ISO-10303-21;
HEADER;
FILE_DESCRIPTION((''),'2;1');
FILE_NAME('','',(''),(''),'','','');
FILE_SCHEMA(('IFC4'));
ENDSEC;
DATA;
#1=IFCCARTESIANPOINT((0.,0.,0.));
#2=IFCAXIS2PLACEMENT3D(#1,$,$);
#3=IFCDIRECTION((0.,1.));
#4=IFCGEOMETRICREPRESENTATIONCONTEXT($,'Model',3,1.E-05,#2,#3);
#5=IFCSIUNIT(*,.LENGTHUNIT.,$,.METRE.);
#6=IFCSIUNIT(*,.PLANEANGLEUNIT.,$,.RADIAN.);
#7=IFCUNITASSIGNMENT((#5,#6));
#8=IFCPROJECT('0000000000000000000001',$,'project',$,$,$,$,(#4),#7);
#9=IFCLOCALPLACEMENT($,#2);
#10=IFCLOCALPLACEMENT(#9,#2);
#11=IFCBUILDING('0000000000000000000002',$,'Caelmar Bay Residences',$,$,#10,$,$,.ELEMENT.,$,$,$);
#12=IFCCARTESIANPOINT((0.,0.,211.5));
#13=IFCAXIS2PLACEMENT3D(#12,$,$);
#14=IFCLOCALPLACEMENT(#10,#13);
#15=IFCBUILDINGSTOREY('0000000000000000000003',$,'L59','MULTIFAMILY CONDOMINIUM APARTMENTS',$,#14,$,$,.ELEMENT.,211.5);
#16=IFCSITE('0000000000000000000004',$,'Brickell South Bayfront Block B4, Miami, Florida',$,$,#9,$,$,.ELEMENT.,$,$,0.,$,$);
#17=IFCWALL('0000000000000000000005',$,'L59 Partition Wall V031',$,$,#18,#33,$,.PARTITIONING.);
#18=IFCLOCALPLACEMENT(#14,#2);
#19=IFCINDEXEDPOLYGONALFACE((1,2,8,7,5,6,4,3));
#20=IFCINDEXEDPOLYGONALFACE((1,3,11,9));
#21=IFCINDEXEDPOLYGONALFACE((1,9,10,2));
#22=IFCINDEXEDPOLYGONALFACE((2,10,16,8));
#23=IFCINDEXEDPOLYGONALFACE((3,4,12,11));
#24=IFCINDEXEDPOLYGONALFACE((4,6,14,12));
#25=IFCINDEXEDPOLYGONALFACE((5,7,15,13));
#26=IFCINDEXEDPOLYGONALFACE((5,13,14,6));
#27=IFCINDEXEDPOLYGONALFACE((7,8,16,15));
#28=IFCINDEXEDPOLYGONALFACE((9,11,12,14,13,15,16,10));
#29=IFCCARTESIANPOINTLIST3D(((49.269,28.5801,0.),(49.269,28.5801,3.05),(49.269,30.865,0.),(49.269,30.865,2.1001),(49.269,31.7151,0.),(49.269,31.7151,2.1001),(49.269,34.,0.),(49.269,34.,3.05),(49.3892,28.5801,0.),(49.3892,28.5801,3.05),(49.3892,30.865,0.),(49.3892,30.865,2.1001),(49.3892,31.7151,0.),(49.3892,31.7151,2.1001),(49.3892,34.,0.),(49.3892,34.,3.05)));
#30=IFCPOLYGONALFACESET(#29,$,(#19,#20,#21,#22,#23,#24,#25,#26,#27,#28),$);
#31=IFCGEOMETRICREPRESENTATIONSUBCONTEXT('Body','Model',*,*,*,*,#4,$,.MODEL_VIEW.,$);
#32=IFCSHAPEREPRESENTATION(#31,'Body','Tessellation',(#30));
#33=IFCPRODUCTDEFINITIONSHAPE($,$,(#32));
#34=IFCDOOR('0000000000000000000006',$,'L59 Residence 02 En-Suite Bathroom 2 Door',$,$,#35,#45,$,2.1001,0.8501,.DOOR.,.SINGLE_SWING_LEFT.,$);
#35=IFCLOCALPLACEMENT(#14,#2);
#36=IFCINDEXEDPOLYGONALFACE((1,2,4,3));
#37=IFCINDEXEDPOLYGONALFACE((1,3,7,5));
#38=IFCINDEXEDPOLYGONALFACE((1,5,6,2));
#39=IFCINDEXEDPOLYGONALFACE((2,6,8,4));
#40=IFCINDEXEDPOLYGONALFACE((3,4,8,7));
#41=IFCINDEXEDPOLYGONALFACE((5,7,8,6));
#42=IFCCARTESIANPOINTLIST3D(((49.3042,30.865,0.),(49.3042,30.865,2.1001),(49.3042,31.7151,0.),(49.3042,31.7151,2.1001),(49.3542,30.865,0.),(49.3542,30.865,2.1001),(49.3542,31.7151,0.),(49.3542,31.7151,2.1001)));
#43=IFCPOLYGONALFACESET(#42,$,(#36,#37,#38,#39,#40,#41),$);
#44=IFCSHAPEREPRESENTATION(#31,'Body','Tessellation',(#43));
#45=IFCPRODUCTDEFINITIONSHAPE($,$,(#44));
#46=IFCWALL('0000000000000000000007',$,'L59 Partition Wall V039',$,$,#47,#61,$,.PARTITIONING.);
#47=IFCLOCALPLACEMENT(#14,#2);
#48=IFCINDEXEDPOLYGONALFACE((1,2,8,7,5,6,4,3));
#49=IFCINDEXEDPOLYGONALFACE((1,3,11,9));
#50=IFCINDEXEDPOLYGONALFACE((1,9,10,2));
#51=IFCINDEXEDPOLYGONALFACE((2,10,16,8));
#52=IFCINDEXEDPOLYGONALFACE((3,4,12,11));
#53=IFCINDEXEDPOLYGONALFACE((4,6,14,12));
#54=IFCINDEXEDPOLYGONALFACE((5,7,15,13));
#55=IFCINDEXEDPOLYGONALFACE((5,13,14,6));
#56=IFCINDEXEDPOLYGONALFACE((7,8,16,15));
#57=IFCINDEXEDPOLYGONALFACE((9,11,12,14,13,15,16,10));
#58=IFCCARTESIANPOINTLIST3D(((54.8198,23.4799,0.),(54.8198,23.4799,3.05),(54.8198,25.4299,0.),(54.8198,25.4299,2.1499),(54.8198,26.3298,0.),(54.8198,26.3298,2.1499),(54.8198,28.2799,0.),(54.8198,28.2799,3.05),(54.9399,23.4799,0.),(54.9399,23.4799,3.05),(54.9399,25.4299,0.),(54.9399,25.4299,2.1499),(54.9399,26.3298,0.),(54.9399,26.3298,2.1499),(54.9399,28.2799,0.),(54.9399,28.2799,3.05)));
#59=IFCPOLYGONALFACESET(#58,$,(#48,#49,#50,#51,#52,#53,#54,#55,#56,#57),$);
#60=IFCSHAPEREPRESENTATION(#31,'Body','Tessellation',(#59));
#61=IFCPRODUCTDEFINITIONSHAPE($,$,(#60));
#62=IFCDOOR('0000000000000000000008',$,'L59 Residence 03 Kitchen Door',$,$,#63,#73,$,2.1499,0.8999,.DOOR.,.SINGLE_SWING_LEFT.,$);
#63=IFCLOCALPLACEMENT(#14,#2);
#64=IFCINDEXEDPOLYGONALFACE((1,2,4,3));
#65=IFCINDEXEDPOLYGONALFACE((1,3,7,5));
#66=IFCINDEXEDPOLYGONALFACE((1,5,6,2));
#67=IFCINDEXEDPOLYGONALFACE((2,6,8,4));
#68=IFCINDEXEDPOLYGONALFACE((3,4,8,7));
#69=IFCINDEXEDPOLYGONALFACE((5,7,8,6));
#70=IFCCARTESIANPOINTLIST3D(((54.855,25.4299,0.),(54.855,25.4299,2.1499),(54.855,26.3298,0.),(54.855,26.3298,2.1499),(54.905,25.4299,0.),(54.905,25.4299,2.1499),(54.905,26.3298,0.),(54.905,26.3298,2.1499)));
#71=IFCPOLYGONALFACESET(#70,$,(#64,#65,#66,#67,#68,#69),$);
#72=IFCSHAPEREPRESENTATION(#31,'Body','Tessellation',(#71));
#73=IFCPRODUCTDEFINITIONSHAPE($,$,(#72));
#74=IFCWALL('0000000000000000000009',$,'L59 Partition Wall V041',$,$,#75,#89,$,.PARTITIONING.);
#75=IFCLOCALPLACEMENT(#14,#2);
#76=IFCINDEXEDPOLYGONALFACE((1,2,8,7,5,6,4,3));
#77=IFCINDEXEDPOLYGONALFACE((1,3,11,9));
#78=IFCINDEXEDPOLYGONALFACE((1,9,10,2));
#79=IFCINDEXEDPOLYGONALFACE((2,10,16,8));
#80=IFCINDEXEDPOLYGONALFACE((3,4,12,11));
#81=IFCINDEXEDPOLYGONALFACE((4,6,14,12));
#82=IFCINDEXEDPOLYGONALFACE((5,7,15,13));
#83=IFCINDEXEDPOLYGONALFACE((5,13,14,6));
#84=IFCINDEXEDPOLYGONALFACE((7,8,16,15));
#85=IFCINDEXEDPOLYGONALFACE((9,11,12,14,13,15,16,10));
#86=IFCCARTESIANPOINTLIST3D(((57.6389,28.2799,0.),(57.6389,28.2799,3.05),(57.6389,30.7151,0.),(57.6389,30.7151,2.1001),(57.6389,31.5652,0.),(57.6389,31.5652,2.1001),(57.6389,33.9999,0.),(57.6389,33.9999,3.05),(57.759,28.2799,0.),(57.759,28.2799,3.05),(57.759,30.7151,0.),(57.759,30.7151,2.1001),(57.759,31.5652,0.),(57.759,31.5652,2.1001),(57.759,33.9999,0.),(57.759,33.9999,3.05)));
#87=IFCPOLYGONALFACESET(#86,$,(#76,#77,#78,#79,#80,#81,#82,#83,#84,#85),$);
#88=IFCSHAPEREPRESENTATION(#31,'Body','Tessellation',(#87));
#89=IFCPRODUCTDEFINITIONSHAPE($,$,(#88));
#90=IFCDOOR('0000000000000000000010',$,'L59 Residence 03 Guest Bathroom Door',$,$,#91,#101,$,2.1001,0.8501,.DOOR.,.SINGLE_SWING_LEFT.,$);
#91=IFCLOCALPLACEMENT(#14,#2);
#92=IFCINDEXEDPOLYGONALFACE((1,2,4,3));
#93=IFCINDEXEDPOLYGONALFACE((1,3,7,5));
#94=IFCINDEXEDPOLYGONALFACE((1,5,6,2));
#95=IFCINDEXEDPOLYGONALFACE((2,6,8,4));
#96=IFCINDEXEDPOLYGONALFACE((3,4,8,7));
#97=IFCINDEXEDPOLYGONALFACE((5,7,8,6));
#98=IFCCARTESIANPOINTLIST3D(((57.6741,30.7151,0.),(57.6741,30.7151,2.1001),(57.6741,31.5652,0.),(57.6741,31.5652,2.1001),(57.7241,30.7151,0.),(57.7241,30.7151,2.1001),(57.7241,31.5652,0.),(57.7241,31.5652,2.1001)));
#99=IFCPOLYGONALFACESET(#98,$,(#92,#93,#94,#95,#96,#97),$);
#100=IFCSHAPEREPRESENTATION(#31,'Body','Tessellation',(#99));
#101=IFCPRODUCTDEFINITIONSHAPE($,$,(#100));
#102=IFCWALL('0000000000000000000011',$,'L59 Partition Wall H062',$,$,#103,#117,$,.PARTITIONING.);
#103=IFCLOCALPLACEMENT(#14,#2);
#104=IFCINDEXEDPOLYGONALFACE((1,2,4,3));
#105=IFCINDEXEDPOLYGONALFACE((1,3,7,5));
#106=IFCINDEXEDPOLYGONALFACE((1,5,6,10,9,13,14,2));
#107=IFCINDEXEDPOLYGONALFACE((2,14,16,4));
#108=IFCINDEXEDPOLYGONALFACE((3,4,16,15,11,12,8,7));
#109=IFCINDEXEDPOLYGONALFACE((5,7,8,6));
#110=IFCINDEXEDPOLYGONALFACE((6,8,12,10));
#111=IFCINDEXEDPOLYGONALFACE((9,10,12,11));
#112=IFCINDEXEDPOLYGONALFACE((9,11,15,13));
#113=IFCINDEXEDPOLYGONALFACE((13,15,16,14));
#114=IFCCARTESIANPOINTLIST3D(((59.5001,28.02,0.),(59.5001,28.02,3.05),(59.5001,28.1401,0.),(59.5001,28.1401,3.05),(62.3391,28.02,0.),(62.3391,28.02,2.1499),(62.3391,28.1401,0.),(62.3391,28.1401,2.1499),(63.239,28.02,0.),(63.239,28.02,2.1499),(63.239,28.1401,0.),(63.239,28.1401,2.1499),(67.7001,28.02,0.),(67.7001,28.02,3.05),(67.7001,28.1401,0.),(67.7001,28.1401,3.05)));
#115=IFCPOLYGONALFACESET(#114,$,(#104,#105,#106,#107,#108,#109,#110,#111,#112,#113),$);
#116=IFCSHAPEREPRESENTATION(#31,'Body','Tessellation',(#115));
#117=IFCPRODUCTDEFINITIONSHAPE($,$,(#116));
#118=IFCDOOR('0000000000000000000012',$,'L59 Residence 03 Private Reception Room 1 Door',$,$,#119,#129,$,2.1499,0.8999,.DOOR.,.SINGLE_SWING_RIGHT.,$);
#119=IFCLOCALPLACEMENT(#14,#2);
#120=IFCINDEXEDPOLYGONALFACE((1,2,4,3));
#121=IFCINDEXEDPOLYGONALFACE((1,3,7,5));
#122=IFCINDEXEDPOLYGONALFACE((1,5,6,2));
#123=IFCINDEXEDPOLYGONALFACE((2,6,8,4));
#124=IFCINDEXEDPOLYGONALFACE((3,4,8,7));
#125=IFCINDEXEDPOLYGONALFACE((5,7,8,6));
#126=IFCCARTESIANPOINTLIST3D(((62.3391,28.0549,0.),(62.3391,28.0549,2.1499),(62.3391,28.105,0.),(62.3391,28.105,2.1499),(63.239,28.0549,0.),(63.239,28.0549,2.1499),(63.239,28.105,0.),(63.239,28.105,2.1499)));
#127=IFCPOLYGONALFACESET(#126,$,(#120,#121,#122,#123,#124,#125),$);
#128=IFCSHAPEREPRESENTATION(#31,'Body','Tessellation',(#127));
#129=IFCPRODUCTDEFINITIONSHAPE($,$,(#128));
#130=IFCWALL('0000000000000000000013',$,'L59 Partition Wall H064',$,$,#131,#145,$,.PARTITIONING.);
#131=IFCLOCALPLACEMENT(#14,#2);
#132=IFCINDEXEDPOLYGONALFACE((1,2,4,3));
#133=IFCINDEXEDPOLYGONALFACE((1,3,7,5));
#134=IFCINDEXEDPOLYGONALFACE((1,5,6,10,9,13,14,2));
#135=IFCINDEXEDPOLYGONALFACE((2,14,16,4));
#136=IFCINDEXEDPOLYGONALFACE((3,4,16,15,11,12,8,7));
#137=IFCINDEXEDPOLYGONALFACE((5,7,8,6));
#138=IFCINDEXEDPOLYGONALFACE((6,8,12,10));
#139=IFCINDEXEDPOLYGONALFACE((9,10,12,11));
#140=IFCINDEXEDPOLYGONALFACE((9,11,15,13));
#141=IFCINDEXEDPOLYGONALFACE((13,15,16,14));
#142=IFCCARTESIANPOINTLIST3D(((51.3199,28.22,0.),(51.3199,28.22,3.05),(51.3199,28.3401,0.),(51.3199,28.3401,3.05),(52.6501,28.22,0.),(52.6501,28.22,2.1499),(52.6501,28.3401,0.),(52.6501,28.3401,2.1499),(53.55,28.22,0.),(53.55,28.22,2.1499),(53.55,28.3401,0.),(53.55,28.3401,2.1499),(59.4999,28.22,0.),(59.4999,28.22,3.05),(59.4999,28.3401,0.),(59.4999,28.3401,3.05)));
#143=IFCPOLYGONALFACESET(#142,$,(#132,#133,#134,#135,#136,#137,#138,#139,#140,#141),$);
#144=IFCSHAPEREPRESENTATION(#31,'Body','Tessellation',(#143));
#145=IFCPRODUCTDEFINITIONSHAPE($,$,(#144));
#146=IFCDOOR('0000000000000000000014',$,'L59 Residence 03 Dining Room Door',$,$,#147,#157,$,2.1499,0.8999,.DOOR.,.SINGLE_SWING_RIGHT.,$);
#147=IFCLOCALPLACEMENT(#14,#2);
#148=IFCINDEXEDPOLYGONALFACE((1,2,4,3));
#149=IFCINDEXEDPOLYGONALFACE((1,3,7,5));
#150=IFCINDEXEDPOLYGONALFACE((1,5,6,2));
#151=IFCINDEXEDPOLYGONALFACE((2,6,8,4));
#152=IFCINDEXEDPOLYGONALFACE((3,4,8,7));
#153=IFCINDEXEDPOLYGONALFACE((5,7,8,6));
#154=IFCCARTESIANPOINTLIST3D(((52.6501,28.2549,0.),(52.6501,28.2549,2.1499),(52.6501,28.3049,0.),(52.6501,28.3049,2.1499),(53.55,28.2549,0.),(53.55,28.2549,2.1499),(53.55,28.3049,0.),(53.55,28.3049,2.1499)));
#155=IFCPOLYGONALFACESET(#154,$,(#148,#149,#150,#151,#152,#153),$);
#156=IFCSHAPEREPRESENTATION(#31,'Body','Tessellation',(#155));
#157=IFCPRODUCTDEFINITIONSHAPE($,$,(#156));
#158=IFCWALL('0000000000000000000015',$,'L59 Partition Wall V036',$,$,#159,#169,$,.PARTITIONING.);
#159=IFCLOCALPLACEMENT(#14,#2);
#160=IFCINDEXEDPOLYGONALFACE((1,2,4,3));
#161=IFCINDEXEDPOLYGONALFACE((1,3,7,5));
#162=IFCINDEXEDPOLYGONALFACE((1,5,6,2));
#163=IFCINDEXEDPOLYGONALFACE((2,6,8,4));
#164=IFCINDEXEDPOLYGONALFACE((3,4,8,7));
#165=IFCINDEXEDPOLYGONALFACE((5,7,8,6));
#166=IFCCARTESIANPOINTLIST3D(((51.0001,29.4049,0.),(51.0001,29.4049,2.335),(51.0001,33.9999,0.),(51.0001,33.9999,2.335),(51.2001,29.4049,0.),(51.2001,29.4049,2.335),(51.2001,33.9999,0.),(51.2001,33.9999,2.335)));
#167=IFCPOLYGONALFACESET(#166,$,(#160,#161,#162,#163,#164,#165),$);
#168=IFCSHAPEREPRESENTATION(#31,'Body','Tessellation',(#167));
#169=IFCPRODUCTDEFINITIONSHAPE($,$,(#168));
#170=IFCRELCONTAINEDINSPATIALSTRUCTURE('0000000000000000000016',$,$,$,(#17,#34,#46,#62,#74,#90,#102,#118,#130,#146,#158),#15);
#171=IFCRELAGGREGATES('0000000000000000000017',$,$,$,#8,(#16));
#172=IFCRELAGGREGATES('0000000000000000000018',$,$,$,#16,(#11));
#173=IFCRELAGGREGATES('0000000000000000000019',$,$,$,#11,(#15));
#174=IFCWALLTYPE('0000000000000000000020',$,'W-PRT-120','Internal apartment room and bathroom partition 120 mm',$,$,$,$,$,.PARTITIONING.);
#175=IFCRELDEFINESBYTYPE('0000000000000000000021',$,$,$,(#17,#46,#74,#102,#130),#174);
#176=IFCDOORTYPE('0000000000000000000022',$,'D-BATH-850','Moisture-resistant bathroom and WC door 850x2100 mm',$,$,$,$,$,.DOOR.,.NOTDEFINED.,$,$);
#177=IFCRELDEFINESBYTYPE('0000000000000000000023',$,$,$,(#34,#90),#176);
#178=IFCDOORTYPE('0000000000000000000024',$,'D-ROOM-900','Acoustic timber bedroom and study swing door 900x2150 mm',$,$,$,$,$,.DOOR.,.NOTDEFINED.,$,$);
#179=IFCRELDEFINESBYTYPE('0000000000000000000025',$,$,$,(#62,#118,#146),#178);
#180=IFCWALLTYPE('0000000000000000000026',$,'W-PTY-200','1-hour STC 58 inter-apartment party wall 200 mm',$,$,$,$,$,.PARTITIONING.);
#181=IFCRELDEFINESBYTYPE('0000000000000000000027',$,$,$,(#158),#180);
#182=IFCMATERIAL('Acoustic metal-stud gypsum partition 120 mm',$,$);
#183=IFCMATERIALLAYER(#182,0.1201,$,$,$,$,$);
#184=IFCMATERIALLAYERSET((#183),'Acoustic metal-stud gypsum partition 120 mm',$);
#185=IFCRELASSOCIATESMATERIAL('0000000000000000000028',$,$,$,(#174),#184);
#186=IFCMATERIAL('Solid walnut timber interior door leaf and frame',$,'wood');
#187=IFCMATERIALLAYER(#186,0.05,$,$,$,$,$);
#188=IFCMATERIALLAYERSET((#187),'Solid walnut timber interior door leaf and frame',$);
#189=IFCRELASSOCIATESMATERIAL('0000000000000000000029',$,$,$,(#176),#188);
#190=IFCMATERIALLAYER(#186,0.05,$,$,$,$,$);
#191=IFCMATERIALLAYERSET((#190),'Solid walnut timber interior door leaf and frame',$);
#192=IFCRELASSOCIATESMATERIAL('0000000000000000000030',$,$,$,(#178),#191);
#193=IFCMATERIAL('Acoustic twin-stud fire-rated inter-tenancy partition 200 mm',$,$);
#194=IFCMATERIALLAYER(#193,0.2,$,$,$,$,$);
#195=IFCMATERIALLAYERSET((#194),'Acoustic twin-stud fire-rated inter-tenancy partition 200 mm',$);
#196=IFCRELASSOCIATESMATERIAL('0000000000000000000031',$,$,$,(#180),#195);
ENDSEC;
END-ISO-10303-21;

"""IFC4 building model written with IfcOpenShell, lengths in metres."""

from ifc_helpers import new_model, si_unit, direction, frame, frame_2d, origin, place, context, subcontext, project, spatial, rectangle, extrude, material, layer, layer_set, type_object, element, fill, save


model = new_model("IFC4")

# Units and contexts
model_context = context("Model", 3, precision=1e-05, world=origin(), true_north=direction((0.0, 1.0)))
body_context = subcontext(model_context, "Body", "Model", "MODEL_VIEW")
ifc_project = project(units=[si_unit("LENGTHUNIT", "METRE"), si_unit("PLANEANGLEUNIT", "RADIAN")], contexts=[model_context])

# Site, building, storey
site_placement = place(None, origin())
site = spatial("IfcSite", under=ifc_project, at=site_placement, Name="Brickell South Bayfront Block B4, Miami, Florida", CompositionType="ELEMENT", RefElevation=0.0)
building_placement = place(site_placement, origin())
building = spatial("IfcBuilding", under=site, at=building_placement, Name="Caelmar Bay Residences", CompositionType="ELEMENT")
storey_placement = place(building_placement, frame((0.0, 0.0, 211.5)))
storey = spatial("IfcBuildingStorey", under=building, at=storey_placement, Name="L59", Description="MULTIFAMILY CONDOMINIUM APARTMENTS", CompositionType="ELEMENT", Elevation=211.5)

# Walls, openings, doors
ifc_material_1 = material(Name="Acoustic metal-stud gypsum partition 120 mm")
ifc_layer_1 = layer(ifc_material_1, 0.1201)
ifc_layer_set_1 = layer_set([ifc_layer_1], Name="Acoustic metal-stud gypsum partition 120 mm")
wall_type_1 = type_object("IfcWallType", Name="W-PRT-120", Description="Internal apartment room and bathroom partition 120 mm", PredefinedType="PARTITIONING", material=ifc_layer_set_1)
wall_1_placement = place(storey_placement, frame((49.3291, 28.5801, 0.0), z_axis=(0.0, 0.0, 1.0), x_axis=(0.0, 1.0, 0.0)))
wall_1 = element("IfcWall", 1, at=wall_1_placement, inside=storey, type_object=wall_type_1, Name="L59 Partition Wall V031", PredefinedType="PARTITIONING", context=body_context, shape_type="SweptSolid", body=[
    extrude(rectangle(XDim=5.4199, YDim=0.1201, at=frame_2d((2.71, 0.0))), origin(), (0.0, 0.0, 1.0), 3.05),
])
opening_1_placement = place(wall_1_placement, frame((2.2849, 0.0, 0.0)))
opening_1 = element("IfcOpeningElement", 2, at=opening_1_placement, cuts=wall_1, PredefinedType="OPENING", context=body_context, shape_type="SweptSolid", body=[
    extrude(rectangle(XDim=0.8501, YDim=2.1001, at=frame_2d((0.425, 1.05))), frame((0.0, 0.0701, 0.0), z_axis=(0.0, -1.0, 0.0), x_axis=(1.0, 0.0, 0.0)), (0.0, 0.0, 1.0), 0.1401),
])
ifc_material_2 = material(Name="Solid walnut timber interior door leaf and frame", Category="wood")
ifc_layer_2 = layer(ifc_material_2, 0.05)
ifc_layer_set_2 = layer_set([ifc_layer_2], Name="Solid walnut timber interior door leaf and frame")
door_type_1 = type_object("IfcDoorType", Name="D-BATH-850", Description="Moisture-resistant bathroom and WC door 850x2100 mm", OperationType="NOTDEFINED", PredefinedType="DOOR", material=ifc_layer_set_2)
door_1_placement = place(opening_1_placement, origin())
door_1 = element("IfcDoor", 3, at=door_1_placement, inside=storey, type_object=door_type_1, Name="L59 Residence 02 En-Suite Bathroom 2 Door", OperationType="SINGLE_SWING_LEFT", OverallHeight=2.1001, OverallWidth=0.8501, PredefinedType="DOOR", context=body_context, shape_type="SweptSolid", body=[
    extrude(rectangle(XDim=0.8501, YDim=2.1001, at=frame_2d((0.425, 1.05))), frame((0.0, 0.0249, 0.0), z_axis=(0.0, -1.0, 0.0), x_axis=(1.0, 0.0, 0.0)), (0.0, 0.0, 1.0), 0.05),
])
fill(opening_1, door_1)
wall_2_placement = place(storey_placement, frame((54.8799, 23.48, 0.0), z_axis=(0.0, 0.0, 1.0), x_axis=(0.0, 1.0, 0.0)))
wall_2 = element("IfcWall", 4, at=wall_2_placement, inside=storey, type_object=wall_type_1, Name="L59 Partition Wall V039", PredefinedType="PARTITIONING", context=body_context, shape_type="SweptSolid", body=[
    extrude(rectangle(XDim=4.8, YDim=0.1201, at=frame_2d((2.3999, 0.0))), origin(), (0.0, 0.0, 1.0), 3.05),
])
opening_2_placement = place(wall_2_placement, frame((1.95, 0.0, 0.0)))
opening_2 = element("IfcOpeningElement", 5, at=opening_2_placement, cuts=wall_2, PredefinedType="OPENING", context=body_context, shape_type="SweptSolid", body=[
    extrude(rectangle(XDim=0.8999, YDim=2.1499, at=frame_2d((0.45, 1.075))), frame((0.0, 0.0701, 0.0), z_axis=(0.0, -1.0, 0.0), x_axis=(1.0, 0.0, 0.0)), (0.0, 0.0, 1.0), 0.1401),
])
ifc_layer_3 = layer(ifc_material_2, 0.05)
ifc_layer_set_3 = layer_set([ifc_layer_3], Name="Solid walnut timber interior door leaf and frame")
door_type_2 = type_object("IfcDoorType", Name="D-ROOM-900", Description="Acoustic timber bedroom and study swing door 900x2150 mm", OperationType="NOTDEFINED", PredefinedType="DOOR", material=ifc_layer_set_3)
door_2_placement = place(opening_2_placement, origin())
door_2 = element("IfcDoor", 6, at=door_2_placement, inside=storey, type_object=door_type_2, Name="L59 Residence 03 Kitchen Door", OperationType="SINGLE_SWING_LEFT", OverallHeight=2.1499, OverallWidth=0.8999, PredefinedType="DOOR", context=body_context, shape_type="SweptSolid", body=[
    extrude(rectangle(XDim=0.8999, YDim=2.1499, at=frame_2d((0.45, 1.075))), frame((0.0, 0.0249, 0.0), z_axis=(0.0, -1.0, 0.0), x_axis=(1.0, 0.0, 0.0)), (0.0, 0.0, 1.0), 0.05),
])
fill(opening_2, door_2)
wall_3_placement = place(storey_placement, frame((57.699, 28.28, 0.0), z_axis=(0.0, 0.0, 1.0), x_axis=(0.0, 1.0, 0.0)))
wall_3 = element("IfcWall", 7, at=wall_3_placement, inside=storey, type_object=wall_type_1, Name="L59 Partition Wall V041", PredefinedType="PARTITIONING", context=body_context, shape_type="SweptSolid", body=[
    extrude(rectangle(XDim=5.72, YDim=0.1201, at=frame_2d((2.8599, 0.0))), origin(), (0.0, 0.0, 1.0), 3.05),
])
opening_3_placement = place(wall_3_placement, frame((2.4351, 0.0, 0.0)))
opening_3 = element("IfcOpeningElement", 8, at=opening_3_placement, cuts=wall_3, PredefinedType="OPENING", context=body_context, shape_type="SweptSolid", body=[
    extrude(rectangle(XDim=0.8501, YDim=2.1001, at=frame_2d((0.425, 1.05))), frame((0.0, 0.0701, 0.0), z_axis=(0.0, -1.0, 0.0), x_axis=(1.0, 0.0, 0.0)), (0.0, 0.0, 1.0), 0.1401),
])
door_3_placement = place(opening_3_placement, origin())
door_3 = element("IfcDoor", 9, at=door_3_placement, inside=storey, type_object=door_type_1, Name="L59 Residence 03 Guest Bathroom Door", OperationType="SINGLE_SWING_LEFT", OverallHeight=2.1001, OverallWidth=0.8501, PredefinedType="DOOR", context=body_context, shape_type="SweptSolid", body=[
    extrude(rectangle(XDim=0.8501, YDim=2.1001, at=frame_2d((0.425, 1.05))), frame((0.0, 0.0249, 0.0), z_axis=(0.0, -1.0, 0.0), x_axis=(1.0, 0.0, 0.0)), (0.0, 0.0, 1.0), 0.05),
])
fill(opening_3, door_3)
wall_4_placement = place(storey_placement, frame((59.5, 28.0801, 0.0), z_axis=(0.0, 0.0, 1.0), x_axis=(1.0, 0.0, 0.0)))
wall_4 = element("IfcWall", 10, at=wall_4_placement, inside=storey, type_object=wall_type_1, Name="L59 Partition Wall H062", PredefinedType="PARTITIONING", context=body_context, shape_type="SweptSolid", body=[
    extrude(rectangle(XDim=8.2, YDim=0.1201, at=frame_2d((4.1001, 0.0))), origin(), (0.0, 0.0, 1.0), 3.05),
])
opening_4_placement = place(wall_4_placement, frame((2.8391, 0.0, 0.0)))
opening_4 = element("IfcOpeningElement", 11, at=opening_4_placement, cuts=wall_4, PredefinedType="OPENING", context=body_context, shape_type="SweptSolid", body=[
    extrude(rectangle(XDim=0.8999, YDim=2.1499, at=frame_2d((0.45, 1.075))), frame((0.0, 0.0701, 0.0), z_axis=(0.0, -1.0, 0.0), x_axis=(1.0, 0.0, 0.0)), (0.0, 0.0, 1.0), 0.1401),
])
door_4_placement = place(opening_4_placement, origin())
door_4 = element("IfcDoor", 12, at=door_4_placement, inside=storey, type_object=door_type_2, Name="L59 Residence 03 Private Reception Room 1 Door", OperationType="SINGLE_SWING_RIGHT", OverallHeight=2.1499, OverallWidth=0.8999, PredefinedType="DOOR", context=body_context, shape_type="SweptSolid", body=[
    extrude(rectangle(XDim=0.8999, YDim=2.1499, at=frame_2d((0.45, 1.075))), frame((0.0, 0.0249, 0.0), z_axis=(0.0, -1.0, 0.0), x_axis=(1.0, 0.0, 0.0)), (0.0, 0.0, 1.0), 0.05),
])
fill(opening_4, door_4)
wall_5_placement = place(storey_placement, frame((51.3201, 28.28, 0.0), z_axis=(0.0, 0.0, 1.0), x_axis=(1.0, 0.0, 0.0)))
wall_5 = element("IfcWall", 13, at=wall_5_placement, inside=storey, type_object=wall_type_1, Name="L59 Partition Wall H064", PredefinedType="PARTITIONING", context=body_context, shape_type="SweptSolid", body=[
    extrude(rectangle(XDim=8.1799, YDim=0.1201, at=frame_2d((4.0898, 0.0))), origin(), (0.0, 0.0, 1.0), 3.05),
])
opening_5_placement = place(wall_5_placement, frame((1.3301, 0.0, 0.0)))
opening_5 = element("IfcOpeningElement", 14, at=opening_5_placement, cuts=wall_5, PredefinedType="OPENING", context=body_context, shape_type="SweptSolid", body=[
    extrude(rectangle(XDim=0.8999, YDim=2.1499, at=frame_2d((0.45, 1.075))), frame((0.0, 0.0701, 0.0), z_axis=(0.0, -1.0, 0.0), x_axis=(1.0, 0.0, 0.0)), (0.0, 0.0, 1.0), 0.1401),
])
door_5_placement = place(opening_5_placement, origin())
door_5 = element("IfcDoor", 15, at=door_5_placement, inside=storey, type_object=door_type_2, Name="L59 Residence 03 Dining Room Door", OperationType="SINGLE_SWING_RIGHT", OverallHeight=2.1499, OverallWidth=0.8999, PredefinedType="DOOR", context=body_context, shape_type="SweptSolid", body=[
    extrude(rectangle(XDim=0.8999, YDim=2.1499, at=frame_2d((0.45, 1.075))), frame((0.0, 0.0249, 0.0), z_axis=(0.0, -1.0, 0.0), x_axis=(1.0, 0.0, 0.0)), (0.0, 0.0, 1.0), 0.05),
])
fill(opening_5, door_5)

# Wall
ifc_material_3 = material(Name="Acoustic twin-stud fire-rated inter-tenancy partition 200 mm")
ifc_layer_4 = layer(ifc_material_3, 0.2)
ifc_layer_set_4 = layer_set([ifc_layer_4], Name="Acoustic twin-stud fire-rated inter-tenancy partition 200 mm")
wall_type_2 = type_object("IfcWallType", Name="W-PTY-200", Description="1-hour STC 58 inter-apartment party wall 200 mm", PredefinedType="PARTITIONING", material=ifc_layer_set_4)
wall_6_placement = place(storey_placement, frame((51.1001, 29.405, 0.0), z_axis=(0.0, 0.0, 1.0), x_axis=(0.0, 1.0, 0.0)))
element("IfcWall", 16, at=wall_6_placement, inside=storey, type_object=wall_type_2, Name="L59 Partition Wall V036", PredefinedType="PARTITIONING", context=body_context, shape_type="SweptSolid", body=[
    extrude(rectangle(XDim=4.595, YDim=0.2, at=frame_2d((2.2974, 0.0))), origin(), (0.0, 0.0, 1.0), 2.335),
])

save(model, "model.ifc")
